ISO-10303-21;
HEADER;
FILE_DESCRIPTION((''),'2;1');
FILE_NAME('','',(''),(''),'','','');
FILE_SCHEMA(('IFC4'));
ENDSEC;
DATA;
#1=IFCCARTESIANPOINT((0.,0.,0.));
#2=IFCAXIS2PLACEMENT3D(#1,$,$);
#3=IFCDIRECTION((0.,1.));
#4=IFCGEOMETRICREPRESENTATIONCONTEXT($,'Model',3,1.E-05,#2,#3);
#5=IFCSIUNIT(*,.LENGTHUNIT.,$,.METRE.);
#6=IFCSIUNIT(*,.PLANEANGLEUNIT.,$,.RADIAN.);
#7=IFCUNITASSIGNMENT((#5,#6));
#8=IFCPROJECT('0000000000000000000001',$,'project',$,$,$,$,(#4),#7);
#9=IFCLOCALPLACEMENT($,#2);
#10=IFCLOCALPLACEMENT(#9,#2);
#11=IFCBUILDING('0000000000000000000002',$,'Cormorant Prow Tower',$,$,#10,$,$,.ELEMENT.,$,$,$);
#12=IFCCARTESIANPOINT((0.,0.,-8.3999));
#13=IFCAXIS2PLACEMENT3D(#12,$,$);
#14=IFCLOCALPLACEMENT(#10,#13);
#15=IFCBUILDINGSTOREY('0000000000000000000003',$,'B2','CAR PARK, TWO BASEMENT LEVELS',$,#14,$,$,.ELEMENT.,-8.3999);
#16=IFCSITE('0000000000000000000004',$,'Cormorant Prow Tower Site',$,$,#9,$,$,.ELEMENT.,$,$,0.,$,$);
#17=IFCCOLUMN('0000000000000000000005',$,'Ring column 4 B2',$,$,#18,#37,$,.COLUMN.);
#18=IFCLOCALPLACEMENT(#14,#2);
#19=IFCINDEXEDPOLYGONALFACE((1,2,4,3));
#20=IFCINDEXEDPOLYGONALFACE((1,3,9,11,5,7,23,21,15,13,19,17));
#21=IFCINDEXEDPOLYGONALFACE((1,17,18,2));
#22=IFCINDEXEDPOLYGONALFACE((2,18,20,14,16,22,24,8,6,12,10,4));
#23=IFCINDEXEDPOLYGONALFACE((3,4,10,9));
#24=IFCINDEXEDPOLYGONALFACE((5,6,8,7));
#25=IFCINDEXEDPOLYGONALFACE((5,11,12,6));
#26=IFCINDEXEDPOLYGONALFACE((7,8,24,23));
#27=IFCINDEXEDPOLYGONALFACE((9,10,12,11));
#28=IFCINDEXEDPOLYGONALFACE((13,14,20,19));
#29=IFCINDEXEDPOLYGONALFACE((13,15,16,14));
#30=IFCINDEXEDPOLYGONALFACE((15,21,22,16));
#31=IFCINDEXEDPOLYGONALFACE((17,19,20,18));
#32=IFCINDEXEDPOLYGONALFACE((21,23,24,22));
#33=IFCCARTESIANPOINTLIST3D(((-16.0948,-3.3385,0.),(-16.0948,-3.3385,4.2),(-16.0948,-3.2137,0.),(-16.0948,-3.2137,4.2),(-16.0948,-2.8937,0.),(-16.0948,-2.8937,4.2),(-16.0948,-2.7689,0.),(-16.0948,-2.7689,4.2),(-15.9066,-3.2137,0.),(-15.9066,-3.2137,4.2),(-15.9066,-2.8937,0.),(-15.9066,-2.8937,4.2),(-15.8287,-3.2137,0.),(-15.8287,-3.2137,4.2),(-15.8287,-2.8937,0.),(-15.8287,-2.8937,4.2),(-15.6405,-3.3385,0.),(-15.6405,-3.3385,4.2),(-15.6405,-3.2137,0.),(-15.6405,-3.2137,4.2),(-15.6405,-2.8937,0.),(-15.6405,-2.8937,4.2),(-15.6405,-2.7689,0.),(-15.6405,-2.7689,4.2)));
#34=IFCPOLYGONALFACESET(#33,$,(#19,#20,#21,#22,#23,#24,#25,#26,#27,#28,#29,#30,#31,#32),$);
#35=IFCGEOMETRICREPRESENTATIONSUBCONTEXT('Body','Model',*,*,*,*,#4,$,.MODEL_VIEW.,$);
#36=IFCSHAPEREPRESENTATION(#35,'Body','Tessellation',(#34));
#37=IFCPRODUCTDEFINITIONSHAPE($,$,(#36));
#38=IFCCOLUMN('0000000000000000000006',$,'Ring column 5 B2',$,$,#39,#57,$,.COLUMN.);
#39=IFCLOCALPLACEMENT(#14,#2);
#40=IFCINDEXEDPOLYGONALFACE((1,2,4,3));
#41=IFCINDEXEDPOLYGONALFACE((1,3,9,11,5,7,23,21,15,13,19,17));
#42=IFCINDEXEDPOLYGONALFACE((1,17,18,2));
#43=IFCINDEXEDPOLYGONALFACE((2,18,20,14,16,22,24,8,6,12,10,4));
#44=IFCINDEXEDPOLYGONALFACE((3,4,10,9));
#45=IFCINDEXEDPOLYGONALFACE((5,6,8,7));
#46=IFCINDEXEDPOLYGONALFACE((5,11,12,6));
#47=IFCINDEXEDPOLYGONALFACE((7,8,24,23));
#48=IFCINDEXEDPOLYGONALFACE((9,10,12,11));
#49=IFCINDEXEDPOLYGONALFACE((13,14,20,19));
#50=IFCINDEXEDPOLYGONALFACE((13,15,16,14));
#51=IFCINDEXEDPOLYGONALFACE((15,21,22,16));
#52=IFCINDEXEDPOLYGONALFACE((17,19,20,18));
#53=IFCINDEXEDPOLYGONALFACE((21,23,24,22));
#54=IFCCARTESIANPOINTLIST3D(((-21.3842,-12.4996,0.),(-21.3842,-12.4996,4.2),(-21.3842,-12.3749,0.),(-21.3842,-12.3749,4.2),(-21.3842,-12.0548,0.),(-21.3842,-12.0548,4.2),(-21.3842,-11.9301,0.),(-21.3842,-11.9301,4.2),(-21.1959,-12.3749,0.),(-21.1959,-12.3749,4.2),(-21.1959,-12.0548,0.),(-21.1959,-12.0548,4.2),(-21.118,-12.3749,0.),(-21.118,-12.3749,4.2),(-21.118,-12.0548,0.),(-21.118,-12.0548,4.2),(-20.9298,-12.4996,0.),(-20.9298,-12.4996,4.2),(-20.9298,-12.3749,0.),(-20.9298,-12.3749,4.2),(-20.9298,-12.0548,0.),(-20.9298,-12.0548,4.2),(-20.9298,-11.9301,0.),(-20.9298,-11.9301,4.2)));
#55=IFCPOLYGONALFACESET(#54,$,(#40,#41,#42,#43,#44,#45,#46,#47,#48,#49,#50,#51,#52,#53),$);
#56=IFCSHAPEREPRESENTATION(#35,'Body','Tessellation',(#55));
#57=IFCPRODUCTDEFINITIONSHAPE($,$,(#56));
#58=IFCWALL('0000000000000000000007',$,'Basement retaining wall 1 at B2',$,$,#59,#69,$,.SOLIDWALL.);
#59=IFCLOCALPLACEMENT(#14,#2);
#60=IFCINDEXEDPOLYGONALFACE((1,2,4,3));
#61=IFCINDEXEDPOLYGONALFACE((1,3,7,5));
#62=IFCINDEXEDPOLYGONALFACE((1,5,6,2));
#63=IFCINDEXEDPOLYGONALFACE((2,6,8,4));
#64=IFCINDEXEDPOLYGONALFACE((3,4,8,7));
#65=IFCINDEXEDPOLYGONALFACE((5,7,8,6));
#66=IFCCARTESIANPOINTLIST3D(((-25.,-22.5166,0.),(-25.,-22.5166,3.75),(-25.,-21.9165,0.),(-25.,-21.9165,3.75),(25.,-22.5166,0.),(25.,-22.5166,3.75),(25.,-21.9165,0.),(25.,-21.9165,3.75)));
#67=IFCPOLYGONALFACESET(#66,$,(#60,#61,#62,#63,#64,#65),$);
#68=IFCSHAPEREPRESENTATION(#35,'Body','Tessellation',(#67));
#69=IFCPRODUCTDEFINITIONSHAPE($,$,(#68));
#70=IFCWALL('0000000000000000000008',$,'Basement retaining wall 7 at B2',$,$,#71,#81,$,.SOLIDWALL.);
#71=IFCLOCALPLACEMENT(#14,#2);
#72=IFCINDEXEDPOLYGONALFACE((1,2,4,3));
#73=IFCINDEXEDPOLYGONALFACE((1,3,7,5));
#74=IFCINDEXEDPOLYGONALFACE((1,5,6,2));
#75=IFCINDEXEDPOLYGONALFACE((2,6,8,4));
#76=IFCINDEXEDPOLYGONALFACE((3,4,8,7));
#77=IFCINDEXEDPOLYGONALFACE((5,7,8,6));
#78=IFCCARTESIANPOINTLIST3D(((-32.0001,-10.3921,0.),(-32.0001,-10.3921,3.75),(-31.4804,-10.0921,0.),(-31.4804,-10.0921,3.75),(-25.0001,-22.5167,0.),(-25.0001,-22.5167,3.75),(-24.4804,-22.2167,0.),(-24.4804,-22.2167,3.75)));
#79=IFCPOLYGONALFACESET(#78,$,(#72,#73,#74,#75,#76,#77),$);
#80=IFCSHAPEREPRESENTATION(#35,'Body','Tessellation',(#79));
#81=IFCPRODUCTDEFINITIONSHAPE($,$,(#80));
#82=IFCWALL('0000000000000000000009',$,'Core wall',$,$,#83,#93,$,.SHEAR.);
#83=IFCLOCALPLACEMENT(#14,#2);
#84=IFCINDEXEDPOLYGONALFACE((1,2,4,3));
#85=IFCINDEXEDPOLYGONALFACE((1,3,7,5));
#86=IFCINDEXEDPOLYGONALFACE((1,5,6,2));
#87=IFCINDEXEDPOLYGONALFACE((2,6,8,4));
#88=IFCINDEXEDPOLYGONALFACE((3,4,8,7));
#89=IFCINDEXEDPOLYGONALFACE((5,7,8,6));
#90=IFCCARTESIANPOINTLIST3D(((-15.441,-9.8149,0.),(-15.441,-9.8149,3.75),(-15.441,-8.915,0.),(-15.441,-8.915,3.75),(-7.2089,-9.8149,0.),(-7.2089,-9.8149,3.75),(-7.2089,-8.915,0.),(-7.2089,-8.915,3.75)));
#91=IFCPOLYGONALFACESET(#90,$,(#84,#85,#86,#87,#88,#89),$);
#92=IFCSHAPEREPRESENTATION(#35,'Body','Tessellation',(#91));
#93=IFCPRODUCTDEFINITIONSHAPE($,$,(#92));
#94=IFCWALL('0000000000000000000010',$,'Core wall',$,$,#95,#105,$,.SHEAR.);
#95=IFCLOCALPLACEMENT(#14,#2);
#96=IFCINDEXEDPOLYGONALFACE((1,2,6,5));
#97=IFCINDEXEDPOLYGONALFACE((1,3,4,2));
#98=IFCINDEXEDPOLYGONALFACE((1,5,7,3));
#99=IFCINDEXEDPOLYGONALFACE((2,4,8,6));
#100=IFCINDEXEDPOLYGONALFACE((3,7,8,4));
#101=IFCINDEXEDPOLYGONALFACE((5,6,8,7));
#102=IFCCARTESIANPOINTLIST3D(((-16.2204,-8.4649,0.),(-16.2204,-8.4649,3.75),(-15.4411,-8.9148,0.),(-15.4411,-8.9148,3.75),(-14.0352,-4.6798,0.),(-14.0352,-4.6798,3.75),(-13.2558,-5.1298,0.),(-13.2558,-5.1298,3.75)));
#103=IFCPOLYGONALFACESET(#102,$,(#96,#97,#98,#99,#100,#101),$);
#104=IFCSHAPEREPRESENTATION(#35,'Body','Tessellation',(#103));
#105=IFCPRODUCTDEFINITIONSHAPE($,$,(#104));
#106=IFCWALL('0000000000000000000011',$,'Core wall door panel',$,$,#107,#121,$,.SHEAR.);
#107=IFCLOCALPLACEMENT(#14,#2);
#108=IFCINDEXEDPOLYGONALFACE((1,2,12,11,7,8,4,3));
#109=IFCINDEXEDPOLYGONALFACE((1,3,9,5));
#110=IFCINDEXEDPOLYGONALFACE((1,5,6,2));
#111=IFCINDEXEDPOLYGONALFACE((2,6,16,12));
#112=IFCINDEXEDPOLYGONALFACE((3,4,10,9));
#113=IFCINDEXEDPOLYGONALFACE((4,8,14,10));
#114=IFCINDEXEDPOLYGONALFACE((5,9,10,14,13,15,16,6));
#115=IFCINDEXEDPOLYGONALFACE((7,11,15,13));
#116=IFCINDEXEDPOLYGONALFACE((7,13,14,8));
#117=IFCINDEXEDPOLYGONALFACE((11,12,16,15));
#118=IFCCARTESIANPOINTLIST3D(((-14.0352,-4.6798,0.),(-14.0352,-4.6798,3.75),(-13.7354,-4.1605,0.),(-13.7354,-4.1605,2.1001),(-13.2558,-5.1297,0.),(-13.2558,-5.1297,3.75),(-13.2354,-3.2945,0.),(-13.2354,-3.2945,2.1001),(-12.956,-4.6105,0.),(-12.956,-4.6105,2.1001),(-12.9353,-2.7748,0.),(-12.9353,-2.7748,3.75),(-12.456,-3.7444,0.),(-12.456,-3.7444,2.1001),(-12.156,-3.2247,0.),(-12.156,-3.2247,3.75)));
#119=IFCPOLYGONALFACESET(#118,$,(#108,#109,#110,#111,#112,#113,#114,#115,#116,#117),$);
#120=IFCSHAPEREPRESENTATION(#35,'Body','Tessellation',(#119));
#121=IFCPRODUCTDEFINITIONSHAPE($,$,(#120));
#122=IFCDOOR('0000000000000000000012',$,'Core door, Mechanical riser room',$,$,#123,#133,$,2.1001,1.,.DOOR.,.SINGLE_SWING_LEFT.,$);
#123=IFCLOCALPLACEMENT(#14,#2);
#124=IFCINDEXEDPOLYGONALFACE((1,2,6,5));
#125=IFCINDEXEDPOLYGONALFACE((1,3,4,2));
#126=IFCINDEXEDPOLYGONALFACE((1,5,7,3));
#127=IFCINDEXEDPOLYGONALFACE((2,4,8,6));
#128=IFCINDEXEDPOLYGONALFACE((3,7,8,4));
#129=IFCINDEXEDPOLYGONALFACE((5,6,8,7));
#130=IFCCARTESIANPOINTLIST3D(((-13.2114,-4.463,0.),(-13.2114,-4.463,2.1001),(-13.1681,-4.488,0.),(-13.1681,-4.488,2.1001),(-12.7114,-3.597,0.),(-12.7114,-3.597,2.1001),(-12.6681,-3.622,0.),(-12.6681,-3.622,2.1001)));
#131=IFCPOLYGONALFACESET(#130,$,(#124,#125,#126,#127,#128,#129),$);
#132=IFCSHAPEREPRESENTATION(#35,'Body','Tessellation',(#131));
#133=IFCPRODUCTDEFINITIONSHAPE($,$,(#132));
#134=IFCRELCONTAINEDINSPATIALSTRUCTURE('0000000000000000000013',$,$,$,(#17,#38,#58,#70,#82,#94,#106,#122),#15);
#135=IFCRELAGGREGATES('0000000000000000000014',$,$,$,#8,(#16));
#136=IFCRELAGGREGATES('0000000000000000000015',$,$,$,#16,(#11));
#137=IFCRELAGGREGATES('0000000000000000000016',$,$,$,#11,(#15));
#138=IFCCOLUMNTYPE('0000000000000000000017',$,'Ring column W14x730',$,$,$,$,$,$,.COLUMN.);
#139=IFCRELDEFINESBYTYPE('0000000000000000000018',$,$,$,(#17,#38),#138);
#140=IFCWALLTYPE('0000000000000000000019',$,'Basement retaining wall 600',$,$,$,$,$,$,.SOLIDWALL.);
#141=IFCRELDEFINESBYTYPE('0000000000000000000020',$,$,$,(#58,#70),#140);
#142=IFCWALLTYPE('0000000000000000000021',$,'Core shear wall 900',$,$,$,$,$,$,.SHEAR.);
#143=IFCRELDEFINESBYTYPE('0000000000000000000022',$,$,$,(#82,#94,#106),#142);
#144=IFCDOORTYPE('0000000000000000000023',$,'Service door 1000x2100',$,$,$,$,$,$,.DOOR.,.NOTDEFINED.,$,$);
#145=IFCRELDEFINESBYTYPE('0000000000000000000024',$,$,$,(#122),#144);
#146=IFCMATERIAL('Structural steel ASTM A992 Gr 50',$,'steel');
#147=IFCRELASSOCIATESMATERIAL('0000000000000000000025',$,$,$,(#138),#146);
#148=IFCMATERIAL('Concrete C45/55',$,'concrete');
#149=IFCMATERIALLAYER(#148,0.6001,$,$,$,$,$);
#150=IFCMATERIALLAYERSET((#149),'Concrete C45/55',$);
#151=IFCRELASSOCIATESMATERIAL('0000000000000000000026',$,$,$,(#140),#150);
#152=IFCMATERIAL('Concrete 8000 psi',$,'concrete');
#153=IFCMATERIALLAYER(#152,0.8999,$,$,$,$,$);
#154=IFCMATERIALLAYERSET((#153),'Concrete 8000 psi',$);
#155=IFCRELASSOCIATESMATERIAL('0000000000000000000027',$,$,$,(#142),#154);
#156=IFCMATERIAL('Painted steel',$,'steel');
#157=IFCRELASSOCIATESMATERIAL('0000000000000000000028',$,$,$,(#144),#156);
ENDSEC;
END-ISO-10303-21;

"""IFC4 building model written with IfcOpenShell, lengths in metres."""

from ifc_helpers import new_model, si_unit, direction, frame, frame_2d, origin, origin_2d, place, context, subcontext, project, spatial, rectangle, i_section, extrude, material, layer, layer_set, material_profile, profile_set, type_object, element, fill, save


model = new_model("IFC4")

# Units and contexts
model_context = context("Model", 3, precision=1e-05, world=origin(), true_north=direction((0.0, 1.0)))
body_context = subcontext(model_context, "Body", "Model", "MODEL_VIEW")
ifc_project = project(units=[si_unit("LENGTHUNIT", "METRE"), si_unit("PLANEANGLEUNIT", "RADIAN")], contexts=[model_context])

# Site, building, storey
site_placement = place(None, origin())
site = spatial("IfcSite", under=ifc_project, at=site_placement, Name="Cormorant Prow Tower Site", CompositionType="ELEMENT", RefElevation=0.0)
building_placement = place(site_placement, origin())
building = spatial("IfcBuilding", under=site, at=building_placement, Name="Cormorant Prow Tower", CompositionType="ELEMENT")
storey_placement = place(building_placement, frame((0.0, 0.0, -8.3999)))
storey = spatial("IfcBuildingStorey", under=building, at=storey_placement, Name="B2", Description="CAR PARK, TWO BASEMENT LEVELS", CompositionType="ELEMENT", Elevation=-8.3999)

# Columns
ifc_material_1 = material(Name="Structural steel ASTM A992 Gr 50", Category="steel")
ifc_material_profile_1 = material_profile(ifc_material_1, i_section(OverallWidth=0.4543, OverallDepth=0.5696, WebThickness=0.0779, FlangeThickness=0.1248, at=origin_2d()), Name="W14x730")
ifc_profile_set_1 = profile_set([ifc_material_profile_1], Name="Structural steel ASTM A992 Gr 50")
column_type_1 = type_object("IfcColumnType", Name="Ring column W14x730", PredefinedType="COLUMN", material=ifc_profile_set_1)
for number, where, z_axis, x_axis, name in (
    (1, (-15.8677, -3.0537, 0.0), (0.0, 0.0, 1.0), (1.0, 0.0, 0.0), "Ring column 4 B2"),
    (2, (-21.157, -12.2148, 0.0), (0.0, 0.0, 1.0), (1.0, 0.0, 0.0), "Ring column 5 B2"),
):
    element("IfcColumn", number, at=place(storey_placement, frame(where, z_axis=z_axis, x_axis=x_axis)), inside=storey, type_object=column_type_1, Name=name, PredefinedType="COLUMN", context=body_context, shape_type="SweptSolid", body=[
        extrude(i_section(OverallWidth=0.4543, OverallDepth=0.5696, WebThickness=0.0779, FlangeThickness=0.1248, at=origin_2d()), origin(), (0.0, 0.0, 1.0), 4.2),
    ])

# Walls
ifc_material_2 = material(Name="Concrete C45/55", Category="concrete")
ifc_layer_1 = layer(ifc_material_2, 0.6001)
ifc_layer_set_1 = layer_set([ifc_layer_1], Name="Concrete C45/55")
wall_type_1 = type_object("IfcWallType", Name="Basement retaining wall 600", PredefinedType="SOLIDWALL", material=ifc_layer_set_1)
wall_1_placement = place(storey_placement, frame((-25.0, -22.2166, 0.0), z_axis=(0.0, 0.0, 1.0), x_axis=(1.0, 0.0, 0.0)))
element("IfcWall", 3, at=wall_1_placement, inside=storey, type_object=wall_type_1, Name="Basement retaining wall 1 at B2", PredefinedType="SOLIDWALL", context=body_context, shape_type="SweptSolid", body=[
    extrude(rectangle(XDim=50.0, YDim=0.6001, at=frame_2d((25.0, 0.0))), origin(), (0.0, 0.0, 1.0), 3.75),
])
wall_2_placement = place(storey_placement, frame((-31.7402, -10.2422, 0.0), z_axis=(0.0, 0.0, 1.0), x_axis=(0.499995, -0.866028, 0.0)))
element("IfcWall", 4, at=wall_2_placement, inside=storey, type_object=wall_type_1, Name="Basement retaining wall 7 at B2", PredefinedType="SOLIDWALL", context=body_context, shape_type="SweptSolid", body=[
    extrude(rectangle(XDim=14.0002, YDim=0.6001, at=frame_2d((7.0, 0.0))), origin(), (0.0, 0.0, 1.0), 3.75),
])
ifc_material_3 = material(Name="Concrete 8000 psi", Category="concrete")
ifc_layer_2 = layer(ifc_material_3, 0.8999)
ifc_layer_set_2 = layer_set([ifc_layer_2], Name="Concrete 8000 psi")
wall_type_2 = type_object("IfcWallType", Name="Core shear wall 900", PredefinedType="SHEAR", material=ifc_layer_set_2)
wall_3_placement = place(storey_placement, frame((-15.4412, -9.365, 0.0), z_axis=(0.0, 0.0, 1.0), x_axis=(1.0, 0.0, 0.0)))
element("IfcWall", 5, at=wall_3_placement, inside=storey, type_object=wall_type_2, Name="Core wall", PredefinedType="SHEAR", context=body_context, shape_type="SweptSolid", body=[
    extrude(rectangle(XDim=8.2322, YDim=0.8999, at=frame_2d((4.1162, 0.0))), origin(), (0.0, 0.0, 1.0), 3.75),
])
wall_4_placement = place(storey_placement, frame((-13.6455, -4.9048, 0.0), z_axis=(0.0, 0.0, 1.0), x_axis=(-0.49999, -0.866031, 0.0)))
element("IfcWall", 6, at=wall_4_placement, inside=storey, type_object=wall_type_2, Name="Core wall", PredefinedType="SHEAR", context=body_context, shape_type="SweptSolid", body=[
    extrude(rectangle(XDim=4.3706, YDim=0.8999, at=frame_2d((2.1853, 0.0))), origin(), (0.0, 0.0, 1.0), 3.75),
])

# Wall, opening, door
wall_5_placement = place(storey_placement, frame((-12.5457, -2.9998, 0.0), z_axis=(0.0, 0.0, 1.0), x_axis=(-0.499995, -0.866028, 0.0)))
wall_5 = element("IfcWall", 7, at=wall_5_placement, inside=storey, type_object=wall_type_2, Name="Core wall door panel", PredefinedType="SHEAR", context=body_context, shape_type="SweptSolid", body=[
    extrude(rectangle(XDim=2.1997, YDim=0.8999, at=frame_2d((1.0999, 0.0))), origin(), (0.0, 0.0, 1.0), 3.75),
])
opening_placement = place(wall_5_placement, frame((0.6001, 0.0, 0.0)))
opening = element("IfcOpeningElement", 8, at=opening_placement, cuts=wall_5, PredefinedType="OPENING", context=body_context, shape_type="SweptSolid", body=[
    extrude(rectangle(XDim=1.0, YDim=2.1001, at=frame_2d((0.5, 1.05))), frame((0.0, 0.46, 0.0), z_axis=(0.0, -1.0, 0.0), x_axis=(1.0, 0.0, 0.0)), (0.0, 0.0, 1.0), 0.9199),
])
ifc_material_4 = material(Name="Painted steel", Category="steel")
door_type = type_object("IfcDoorType", Name="Service door 1000x2100", OperationType="NOTDEFINED", PredefinedType="DOOR", material=ifc_material_4)
door_placement = place(opening_placement, origin())
door = element("IfcDoor", 9, at=door_placement, inside=storey, type_object=door_type, Name="Core door, Mechanical riser room", OperationType="SINGLE_SWING_LEFT", OverallHeight=2.1001, OverallWidth=1.0, PredefinedType="DOOR", context=body_context, shape_type="SweptSolid", body=[
    extrude(rectangle(XDim=1.0, YDim=2.1001, at=frame_2d((0.5, 1.05))), frame((0.0, 0.2051, 0.0), z_axis=(0.0, -1.0, 0.0), x_axis=(1.0, 0.0, 0.0)), (0.0, 0.0, 1.0), 0.05),
])
fill(opening, door)

save(model, "model.ifc")
